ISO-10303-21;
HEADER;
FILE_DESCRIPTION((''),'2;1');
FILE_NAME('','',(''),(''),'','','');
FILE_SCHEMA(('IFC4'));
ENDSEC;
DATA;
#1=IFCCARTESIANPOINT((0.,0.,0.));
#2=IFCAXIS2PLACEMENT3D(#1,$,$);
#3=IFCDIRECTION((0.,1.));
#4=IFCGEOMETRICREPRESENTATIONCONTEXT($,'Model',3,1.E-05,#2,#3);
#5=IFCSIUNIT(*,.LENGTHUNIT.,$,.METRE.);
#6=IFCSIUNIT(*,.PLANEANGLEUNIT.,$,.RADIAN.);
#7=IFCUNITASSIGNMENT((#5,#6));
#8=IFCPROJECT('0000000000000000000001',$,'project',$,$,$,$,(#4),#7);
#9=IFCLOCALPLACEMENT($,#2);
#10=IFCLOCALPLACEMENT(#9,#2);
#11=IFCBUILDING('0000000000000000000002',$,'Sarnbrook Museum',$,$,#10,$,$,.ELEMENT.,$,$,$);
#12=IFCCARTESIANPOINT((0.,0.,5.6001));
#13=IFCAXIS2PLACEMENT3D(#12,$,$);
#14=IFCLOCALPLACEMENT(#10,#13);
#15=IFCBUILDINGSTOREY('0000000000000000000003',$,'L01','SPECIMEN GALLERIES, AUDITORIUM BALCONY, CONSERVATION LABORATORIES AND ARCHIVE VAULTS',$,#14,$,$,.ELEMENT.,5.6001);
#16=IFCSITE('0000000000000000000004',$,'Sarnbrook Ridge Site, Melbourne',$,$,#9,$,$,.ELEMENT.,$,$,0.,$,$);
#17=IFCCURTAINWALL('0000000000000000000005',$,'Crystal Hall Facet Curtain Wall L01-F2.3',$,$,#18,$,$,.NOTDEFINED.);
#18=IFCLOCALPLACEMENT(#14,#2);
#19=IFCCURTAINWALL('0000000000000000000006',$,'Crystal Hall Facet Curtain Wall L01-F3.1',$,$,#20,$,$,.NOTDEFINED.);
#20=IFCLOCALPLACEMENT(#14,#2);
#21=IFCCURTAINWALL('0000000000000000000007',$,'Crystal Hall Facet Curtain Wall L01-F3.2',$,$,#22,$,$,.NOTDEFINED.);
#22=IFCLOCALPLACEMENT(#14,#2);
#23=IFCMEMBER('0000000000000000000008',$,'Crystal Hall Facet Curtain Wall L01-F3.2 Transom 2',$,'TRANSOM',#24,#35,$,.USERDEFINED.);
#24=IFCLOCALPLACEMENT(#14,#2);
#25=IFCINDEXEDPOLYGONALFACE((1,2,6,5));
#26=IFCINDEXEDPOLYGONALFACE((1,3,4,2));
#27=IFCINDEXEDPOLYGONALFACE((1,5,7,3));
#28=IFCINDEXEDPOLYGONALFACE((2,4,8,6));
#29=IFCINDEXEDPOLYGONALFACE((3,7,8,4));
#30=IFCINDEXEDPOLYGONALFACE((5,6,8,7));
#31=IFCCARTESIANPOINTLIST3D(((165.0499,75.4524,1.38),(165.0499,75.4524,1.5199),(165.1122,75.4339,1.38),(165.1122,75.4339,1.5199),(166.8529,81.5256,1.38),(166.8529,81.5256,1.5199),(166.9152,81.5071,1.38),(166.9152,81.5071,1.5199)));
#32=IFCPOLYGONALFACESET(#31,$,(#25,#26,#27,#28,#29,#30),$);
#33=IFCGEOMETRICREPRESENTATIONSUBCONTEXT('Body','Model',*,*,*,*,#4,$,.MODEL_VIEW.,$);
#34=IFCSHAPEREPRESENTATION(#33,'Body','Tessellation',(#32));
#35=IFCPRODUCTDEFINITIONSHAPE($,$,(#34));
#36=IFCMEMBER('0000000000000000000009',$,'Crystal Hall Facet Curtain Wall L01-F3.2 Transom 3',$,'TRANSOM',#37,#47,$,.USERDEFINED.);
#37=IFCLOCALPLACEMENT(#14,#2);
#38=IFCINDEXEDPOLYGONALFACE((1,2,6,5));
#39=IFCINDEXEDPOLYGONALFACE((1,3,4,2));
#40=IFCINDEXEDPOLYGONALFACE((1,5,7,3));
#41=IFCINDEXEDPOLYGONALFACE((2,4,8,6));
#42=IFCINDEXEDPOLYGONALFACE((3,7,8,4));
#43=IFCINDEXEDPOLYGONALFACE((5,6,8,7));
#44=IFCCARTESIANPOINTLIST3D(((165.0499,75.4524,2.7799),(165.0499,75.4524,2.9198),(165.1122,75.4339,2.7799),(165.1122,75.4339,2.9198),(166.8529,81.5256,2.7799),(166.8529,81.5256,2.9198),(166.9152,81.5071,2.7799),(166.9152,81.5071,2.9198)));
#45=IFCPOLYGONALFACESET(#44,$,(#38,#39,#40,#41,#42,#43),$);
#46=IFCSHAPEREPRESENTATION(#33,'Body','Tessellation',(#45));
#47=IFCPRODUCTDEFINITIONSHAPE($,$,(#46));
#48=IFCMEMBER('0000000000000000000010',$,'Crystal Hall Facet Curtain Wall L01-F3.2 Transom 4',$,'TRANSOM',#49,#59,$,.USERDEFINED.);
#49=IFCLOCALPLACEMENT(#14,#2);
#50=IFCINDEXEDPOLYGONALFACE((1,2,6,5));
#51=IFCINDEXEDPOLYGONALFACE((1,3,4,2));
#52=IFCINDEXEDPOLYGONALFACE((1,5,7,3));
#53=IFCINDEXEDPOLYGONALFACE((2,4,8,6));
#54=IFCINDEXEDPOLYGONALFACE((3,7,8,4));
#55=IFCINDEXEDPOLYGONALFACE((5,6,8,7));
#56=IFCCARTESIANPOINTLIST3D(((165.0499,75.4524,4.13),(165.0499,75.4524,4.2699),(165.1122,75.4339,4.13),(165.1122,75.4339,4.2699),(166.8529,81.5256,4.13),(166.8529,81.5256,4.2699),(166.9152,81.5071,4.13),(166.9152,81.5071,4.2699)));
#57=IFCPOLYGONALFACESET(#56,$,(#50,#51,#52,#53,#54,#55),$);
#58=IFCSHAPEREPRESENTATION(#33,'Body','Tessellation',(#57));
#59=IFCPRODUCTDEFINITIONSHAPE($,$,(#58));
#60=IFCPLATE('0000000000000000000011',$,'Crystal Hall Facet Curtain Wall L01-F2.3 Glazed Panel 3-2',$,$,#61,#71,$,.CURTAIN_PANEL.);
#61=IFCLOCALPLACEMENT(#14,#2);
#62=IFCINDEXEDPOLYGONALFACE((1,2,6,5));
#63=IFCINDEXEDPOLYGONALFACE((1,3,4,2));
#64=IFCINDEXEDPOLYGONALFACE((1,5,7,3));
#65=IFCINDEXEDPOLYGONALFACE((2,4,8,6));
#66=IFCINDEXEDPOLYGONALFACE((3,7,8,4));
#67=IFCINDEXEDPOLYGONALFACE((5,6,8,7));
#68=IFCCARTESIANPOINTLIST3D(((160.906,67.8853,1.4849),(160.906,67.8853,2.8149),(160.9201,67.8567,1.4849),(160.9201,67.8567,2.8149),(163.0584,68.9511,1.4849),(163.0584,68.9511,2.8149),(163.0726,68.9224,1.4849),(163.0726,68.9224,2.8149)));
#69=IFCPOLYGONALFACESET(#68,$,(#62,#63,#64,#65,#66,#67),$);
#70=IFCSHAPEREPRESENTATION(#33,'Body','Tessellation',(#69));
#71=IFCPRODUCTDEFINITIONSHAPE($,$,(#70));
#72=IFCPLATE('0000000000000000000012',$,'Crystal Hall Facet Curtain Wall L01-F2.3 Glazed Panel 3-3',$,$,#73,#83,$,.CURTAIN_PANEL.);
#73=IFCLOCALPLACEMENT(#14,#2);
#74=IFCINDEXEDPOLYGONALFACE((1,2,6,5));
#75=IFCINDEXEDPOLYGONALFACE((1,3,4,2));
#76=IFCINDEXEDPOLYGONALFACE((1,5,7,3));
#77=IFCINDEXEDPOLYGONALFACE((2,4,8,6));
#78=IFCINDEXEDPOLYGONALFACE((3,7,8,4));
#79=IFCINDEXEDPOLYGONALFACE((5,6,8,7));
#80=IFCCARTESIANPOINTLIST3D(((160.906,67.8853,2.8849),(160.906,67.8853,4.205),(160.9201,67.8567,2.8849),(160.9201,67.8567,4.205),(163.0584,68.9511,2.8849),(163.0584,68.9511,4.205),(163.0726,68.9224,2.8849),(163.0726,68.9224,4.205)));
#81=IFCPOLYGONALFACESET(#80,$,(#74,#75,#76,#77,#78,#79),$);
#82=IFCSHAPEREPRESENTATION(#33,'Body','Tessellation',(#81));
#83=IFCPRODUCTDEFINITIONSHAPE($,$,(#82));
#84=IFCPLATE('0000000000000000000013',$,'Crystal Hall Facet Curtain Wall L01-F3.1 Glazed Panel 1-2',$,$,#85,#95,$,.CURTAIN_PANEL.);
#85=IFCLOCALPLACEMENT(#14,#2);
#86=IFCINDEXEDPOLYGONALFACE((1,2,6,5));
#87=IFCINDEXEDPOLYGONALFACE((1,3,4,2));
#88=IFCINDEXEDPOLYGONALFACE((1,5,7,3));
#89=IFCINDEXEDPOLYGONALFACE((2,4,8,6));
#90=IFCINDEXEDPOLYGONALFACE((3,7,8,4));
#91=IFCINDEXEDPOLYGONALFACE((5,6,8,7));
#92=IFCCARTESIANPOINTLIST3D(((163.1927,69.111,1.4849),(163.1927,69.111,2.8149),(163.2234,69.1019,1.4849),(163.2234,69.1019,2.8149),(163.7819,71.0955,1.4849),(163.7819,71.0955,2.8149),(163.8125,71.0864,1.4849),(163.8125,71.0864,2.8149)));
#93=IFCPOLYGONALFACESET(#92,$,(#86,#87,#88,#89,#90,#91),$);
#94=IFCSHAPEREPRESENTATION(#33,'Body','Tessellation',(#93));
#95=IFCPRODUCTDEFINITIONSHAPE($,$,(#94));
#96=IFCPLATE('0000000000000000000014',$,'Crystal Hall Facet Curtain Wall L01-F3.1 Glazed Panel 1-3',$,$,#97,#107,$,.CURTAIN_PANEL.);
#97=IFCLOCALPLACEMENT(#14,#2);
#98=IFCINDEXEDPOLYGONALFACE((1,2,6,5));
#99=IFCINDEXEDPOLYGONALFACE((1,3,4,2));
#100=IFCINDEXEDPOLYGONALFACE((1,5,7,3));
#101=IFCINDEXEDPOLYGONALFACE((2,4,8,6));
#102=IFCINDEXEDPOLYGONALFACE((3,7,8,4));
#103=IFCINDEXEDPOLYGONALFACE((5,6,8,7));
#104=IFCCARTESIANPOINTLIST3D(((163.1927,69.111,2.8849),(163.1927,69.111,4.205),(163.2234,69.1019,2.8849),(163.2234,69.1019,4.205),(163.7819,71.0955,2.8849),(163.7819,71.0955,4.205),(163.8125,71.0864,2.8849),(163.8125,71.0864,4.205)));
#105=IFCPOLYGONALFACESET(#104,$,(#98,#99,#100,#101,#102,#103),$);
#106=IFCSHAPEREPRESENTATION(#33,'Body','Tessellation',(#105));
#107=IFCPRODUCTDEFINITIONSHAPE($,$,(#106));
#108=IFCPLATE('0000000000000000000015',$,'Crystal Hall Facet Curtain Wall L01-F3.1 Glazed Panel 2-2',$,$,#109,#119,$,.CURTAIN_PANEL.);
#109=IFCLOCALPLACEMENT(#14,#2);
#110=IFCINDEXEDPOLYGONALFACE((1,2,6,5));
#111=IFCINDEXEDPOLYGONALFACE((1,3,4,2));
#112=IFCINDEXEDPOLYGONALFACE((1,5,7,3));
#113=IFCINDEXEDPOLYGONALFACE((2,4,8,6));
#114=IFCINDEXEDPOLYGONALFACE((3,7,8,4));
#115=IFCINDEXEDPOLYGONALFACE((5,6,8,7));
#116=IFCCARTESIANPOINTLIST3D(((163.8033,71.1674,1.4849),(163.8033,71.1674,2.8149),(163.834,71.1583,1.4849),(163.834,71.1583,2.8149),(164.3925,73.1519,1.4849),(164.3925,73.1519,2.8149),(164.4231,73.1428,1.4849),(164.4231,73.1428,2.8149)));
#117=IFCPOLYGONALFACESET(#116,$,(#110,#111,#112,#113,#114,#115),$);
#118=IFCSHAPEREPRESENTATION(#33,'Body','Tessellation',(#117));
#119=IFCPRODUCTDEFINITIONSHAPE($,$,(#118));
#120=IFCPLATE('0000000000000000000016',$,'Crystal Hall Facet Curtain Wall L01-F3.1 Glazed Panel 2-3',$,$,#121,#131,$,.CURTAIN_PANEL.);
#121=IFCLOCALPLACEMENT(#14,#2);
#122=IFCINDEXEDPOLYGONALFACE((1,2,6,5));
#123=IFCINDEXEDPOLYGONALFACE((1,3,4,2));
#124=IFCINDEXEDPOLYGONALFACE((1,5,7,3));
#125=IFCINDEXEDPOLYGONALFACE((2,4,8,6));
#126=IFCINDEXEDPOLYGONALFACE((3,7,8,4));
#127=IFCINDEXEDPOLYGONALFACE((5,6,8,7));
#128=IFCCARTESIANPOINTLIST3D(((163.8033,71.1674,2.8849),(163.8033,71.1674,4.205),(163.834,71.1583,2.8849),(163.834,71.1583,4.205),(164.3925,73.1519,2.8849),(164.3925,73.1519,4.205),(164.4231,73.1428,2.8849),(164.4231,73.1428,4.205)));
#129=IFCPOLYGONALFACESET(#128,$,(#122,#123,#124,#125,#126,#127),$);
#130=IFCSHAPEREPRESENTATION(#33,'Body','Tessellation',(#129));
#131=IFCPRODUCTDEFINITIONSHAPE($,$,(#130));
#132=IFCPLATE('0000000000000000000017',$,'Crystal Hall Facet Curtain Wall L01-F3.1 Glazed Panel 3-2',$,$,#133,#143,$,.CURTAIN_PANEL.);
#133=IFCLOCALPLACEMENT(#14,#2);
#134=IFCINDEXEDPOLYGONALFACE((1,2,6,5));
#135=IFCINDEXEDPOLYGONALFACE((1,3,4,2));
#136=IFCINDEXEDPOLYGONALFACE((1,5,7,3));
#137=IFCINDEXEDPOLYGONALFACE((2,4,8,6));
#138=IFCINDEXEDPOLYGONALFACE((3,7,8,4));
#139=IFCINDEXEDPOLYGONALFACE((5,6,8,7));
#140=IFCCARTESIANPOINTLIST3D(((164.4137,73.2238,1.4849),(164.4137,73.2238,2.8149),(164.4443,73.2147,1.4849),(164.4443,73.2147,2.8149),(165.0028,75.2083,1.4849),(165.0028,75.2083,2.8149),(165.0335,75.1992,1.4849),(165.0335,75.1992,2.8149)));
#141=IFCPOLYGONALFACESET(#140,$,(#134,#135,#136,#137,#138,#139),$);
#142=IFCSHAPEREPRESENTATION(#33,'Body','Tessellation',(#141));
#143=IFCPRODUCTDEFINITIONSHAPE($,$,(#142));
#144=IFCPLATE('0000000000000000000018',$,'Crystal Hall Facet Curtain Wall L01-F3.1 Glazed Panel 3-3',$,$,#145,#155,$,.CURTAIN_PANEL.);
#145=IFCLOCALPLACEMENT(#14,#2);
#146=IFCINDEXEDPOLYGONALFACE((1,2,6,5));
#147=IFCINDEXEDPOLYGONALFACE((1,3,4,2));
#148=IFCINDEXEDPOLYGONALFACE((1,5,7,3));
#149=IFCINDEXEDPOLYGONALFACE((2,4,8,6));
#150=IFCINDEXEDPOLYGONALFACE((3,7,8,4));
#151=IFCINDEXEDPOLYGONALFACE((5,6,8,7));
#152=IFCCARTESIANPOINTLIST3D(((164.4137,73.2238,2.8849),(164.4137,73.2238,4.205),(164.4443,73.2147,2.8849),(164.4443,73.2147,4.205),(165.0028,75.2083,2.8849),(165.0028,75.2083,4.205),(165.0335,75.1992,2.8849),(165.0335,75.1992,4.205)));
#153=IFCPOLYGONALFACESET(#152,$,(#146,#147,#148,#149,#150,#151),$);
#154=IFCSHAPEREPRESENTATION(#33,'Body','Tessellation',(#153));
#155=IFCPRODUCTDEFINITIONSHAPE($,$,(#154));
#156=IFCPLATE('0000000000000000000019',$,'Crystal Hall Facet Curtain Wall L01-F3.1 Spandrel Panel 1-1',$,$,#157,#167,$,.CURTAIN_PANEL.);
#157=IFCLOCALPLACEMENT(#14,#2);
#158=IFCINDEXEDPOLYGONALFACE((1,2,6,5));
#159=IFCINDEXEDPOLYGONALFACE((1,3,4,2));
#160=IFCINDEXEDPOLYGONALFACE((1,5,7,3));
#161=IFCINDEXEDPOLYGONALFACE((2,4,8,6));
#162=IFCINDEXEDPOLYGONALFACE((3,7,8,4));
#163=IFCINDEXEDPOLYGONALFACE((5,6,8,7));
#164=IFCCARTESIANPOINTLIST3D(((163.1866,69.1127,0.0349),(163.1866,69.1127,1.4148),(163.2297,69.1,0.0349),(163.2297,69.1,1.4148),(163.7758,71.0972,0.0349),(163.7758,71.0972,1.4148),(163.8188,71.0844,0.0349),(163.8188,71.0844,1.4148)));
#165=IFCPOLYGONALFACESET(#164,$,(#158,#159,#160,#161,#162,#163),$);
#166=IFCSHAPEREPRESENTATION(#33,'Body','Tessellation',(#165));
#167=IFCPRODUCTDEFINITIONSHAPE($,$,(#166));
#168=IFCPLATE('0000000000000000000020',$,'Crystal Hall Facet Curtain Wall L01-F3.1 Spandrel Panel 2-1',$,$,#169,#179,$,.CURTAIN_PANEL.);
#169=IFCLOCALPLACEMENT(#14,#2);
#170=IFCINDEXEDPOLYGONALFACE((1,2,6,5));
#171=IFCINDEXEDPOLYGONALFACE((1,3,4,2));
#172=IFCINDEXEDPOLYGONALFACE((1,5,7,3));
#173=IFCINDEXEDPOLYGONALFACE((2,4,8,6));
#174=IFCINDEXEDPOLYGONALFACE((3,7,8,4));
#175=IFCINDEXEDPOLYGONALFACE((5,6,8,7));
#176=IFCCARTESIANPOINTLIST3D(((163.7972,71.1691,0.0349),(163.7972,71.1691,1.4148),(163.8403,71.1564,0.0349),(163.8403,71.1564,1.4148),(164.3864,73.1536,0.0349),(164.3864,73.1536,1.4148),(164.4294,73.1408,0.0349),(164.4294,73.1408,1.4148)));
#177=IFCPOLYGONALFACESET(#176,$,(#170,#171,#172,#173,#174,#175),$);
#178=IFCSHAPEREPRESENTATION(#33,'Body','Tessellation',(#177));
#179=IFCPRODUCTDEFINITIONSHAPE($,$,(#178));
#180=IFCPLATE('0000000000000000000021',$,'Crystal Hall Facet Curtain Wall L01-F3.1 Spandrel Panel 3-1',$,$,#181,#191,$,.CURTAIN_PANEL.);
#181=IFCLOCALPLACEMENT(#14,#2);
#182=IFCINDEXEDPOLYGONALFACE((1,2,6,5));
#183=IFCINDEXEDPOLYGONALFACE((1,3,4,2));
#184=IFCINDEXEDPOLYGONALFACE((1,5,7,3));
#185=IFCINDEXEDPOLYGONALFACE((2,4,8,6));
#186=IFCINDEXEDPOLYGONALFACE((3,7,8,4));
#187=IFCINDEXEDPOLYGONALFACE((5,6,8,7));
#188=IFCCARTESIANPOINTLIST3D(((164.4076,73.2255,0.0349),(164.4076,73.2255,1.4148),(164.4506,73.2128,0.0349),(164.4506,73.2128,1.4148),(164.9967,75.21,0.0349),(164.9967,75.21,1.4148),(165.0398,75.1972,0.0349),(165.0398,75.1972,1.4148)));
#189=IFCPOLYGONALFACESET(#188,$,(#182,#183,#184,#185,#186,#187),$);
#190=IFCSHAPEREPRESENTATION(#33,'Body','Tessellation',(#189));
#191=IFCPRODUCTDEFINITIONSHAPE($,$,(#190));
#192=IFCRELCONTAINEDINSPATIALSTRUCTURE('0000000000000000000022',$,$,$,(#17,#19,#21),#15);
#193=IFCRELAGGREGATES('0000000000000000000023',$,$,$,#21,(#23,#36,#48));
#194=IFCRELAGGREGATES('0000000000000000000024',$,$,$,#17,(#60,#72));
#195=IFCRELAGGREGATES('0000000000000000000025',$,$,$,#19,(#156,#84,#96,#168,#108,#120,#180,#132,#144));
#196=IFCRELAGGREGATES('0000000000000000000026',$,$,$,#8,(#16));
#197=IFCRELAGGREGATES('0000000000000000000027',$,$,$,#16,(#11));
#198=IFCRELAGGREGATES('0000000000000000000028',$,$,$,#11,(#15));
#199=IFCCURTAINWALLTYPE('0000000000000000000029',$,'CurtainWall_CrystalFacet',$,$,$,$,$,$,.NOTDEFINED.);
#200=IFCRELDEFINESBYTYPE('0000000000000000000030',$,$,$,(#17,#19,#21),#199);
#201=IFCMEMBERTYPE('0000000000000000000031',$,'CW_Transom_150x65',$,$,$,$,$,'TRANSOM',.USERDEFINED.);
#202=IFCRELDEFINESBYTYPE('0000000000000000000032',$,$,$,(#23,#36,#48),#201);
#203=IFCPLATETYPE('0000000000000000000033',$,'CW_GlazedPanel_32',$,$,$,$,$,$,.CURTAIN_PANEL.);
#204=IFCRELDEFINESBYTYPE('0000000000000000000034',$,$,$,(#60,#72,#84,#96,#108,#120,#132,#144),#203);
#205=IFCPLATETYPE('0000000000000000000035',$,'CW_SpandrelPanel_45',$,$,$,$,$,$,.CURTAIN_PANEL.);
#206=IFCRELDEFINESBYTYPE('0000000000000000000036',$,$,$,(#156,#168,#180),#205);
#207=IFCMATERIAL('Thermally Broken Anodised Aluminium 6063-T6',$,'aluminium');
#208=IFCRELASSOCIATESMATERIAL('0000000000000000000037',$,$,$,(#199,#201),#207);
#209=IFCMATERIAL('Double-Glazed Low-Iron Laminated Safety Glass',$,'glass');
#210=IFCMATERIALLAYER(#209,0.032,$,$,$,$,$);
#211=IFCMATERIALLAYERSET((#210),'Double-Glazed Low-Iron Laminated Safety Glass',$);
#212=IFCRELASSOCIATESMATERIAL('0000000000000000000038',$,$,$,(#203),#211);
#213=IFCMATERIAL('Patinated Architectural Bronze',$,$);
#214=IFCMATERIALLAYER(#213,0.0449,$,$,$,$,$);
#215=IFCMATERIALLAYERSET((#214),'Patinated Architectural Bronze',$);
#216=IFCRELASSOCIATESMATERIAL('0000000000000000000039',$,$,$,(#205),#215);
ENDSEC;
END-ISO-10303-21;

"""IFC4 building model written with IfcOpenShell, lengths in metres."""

from ifc_helpers import new_model, si_unit, direction, frame, origin, origin_2d, place, context, subcontext, project, spatial, rectangle, extrude, material, layer, layer_set, material_profile, profile_set, type_object, element, aggregate, save


model = new_model("IFC4")

# Units and contexts
model_context = context("Model", 3, precision=1e-05, world=origin(), true_north=direction((0.0, 1.0)))
body_context = subcontext(model_context, "Body", "Model", "MODEL_VIEW")
ifc_project = project(units=[si_unit("LENGTHUNIT", "METRE"), si_unit("PLANEANGLEUNIT", "RADIAN")], contexts=[model_context])

# Site, building, storey
site_placement = place(None, origin())
site = spatial("IfcSite", under=ifc_project, at=site_placement, Name="Sarnbrook Ridge Site, Melbourne", CompositionType="ELEMENT", RefElevation=0.0)
building_placement = place(site_placement, origin())
building = spatial("IfcBuilding", under=site, at=building_placement, Name="Sarnbrook Museum", CompositionType="ELEMENT")
storey_placement = place(building_placement, frame((0.0, 0.0, 5.6001)))
storey = spatial("IfcBuildingStorey", under=building, at=storey_placement, Name="L01", Description="SPECIMEN GALLERIES, AUDITORIUM BALCONY, CONSERVATION LABORATORIES AND ARCHIVE VAULTS", CompositionType="ELEMENT", Elevation=5.6001)

# Curtain wall
ifc_material_1 = material(Name="Thermally Broken Anodised Aluminium 6063-T6", Category="aluminium")
curtain_wall_type = type_object("IfcCurtainWallType", Name="CurtainWall_CrystalFacet", PredefinedType="NOTDEFINED", material=ifc_material_1)
curtain_wall_1_placement = place(storey_placement, origin())
curtain_wall_1 = element("IfcCurtainWall", 1, at=curtain_wall_1_placement, inside=storey, type_object=curtain_wall_type, Name="Crystal Hall Facet Curtain Wall L01-F2.3", PredefinedType="NOTDEFINED")

# Curtain wall
curtain_wall_2_placement = place(storey_placement, origin())
curtain_wall_2 = element("IfcCurtainWall", 2, at=curtain_wall_2_placement, inside=storey, type_object=curtain_wall_type, Name="Crystal Hall Facet Curtain Wall L01-F3.1", PredefinedType="NOTDEFINED")

# Curtain wall
curtain_wall_3_placement = place(storey_placement, origin())
curtain_wall_3 = element("IfcCurtainWall", 3, at=curtain_wall_3_placement, inside=storey, type_object=curtain_wall_type, Name="Crystal Hall Facet Curtain Wall L01-F3.2", PredefinedType="NOTDEFINED")

# Members
ifc_material_profile_1 = material_profile(ifc_material_1, rectangle(XDim=0.0649, YDim=0.1399, at=origin_2d()), Name="ALU TRANSOM 65x140")
ifc_profile_set_1 = profile_set([ifc_material_profile_1], Name="Thermally Broken Anodised Aluminium 6063-T6")
member_type_1 = type_object("IfcMemberType", Name="CW_Transom_150x65", ElementType="TRANSOM", PredefinedType="USERDEFINED", material=ifc_profile_set_1)
member_1_placement = place(storey_placement, frame((165.0811, 75.4431, 1.45), z_axis=(0.284596, 0.958648, 0.0), x_axis=(-0.958648, 0.284596, 0.0)))
member_1 = element("IfcMember", 4, at=member_1_placement, type_object=member_type_1, Name="Crystal Hall Facet Curtain Wall L01-F3.2 Transom 2", ObjectType="TRANSOM", PredefinedType="USERDEFINED", context=body_context, shape_type="SweptSolid", body=[
    extrude(rectangle(XDim=0.0649, YDim=0.1399, at=origin_2d()), origin(), (0.0, 0.0, 1.0), 6.3352),
])
member_2_placement = place(storey_placement, frame((165.0811, 75.4431, 2.8499), z_axis=(0.284596, 0.958648, 0.0), x_axis=(-0.958648, 0.284596, 0.0)))
member_2 = element("IfcMember", 5, at=member_2_placement, type_object=member_type_1, Name="Crystal Hall Facet Curtain Wall L01-F3.2 Transom 3", ObjectType="TRANSOM", PredefinedType="USERDEFINED", context=body_context, shape_type="SweptSolid", body=[
    extrude(rectangle(XDim=0.0649, YDim=0.1399, at=origin_2d()), origin(), (0.0, 0.0, 1.0), 6.3352),
])
member_3_placement = place(storey_placement, frame((165.0811, 75.4431, 4.2), z_axis=(0.284596, 0.958648, 0.0), x_axis=(-0.958648, 0.284596, 0.0)))
member_3 = element("IfcMember", 6, at=member_3_placement, type_object=member_type_1, Name="Crystal Hall Facet Curtain Wall L01-F3.2 Transom 4", ObjectType="TRANSOM", PredefinedType="USERDEFINED", context=body_context, shape_type="SweptSolid", body=[
    extrude(rectangle(XDim=0.0649, YDim=0.1399, at=origin_2d()), origin(), (0.0, 0.0, 1.0), 6.3352),
])
aggregate(curtain_wall_3, [member_1, member_2, member_3])

# Plates
ifc_material_2 = material(Name="Double-Glazed Low-Iron Laminated Safety Glass", Category="glass")
ifc_layer_1 = layer(ifc_material_2, 0.032)
ifc_layer_set_1 = layer_set([ifc_layer_1], Name="Double-Glazed Low-Iron Laminated Safety Glass")
plate_type_1 = type_object("IfcPlateType", Name="CW_GlazedPanel_32", PredefinedType="CURTAIN_PANEL", material=ifc_layer_set_1)
plate_1_placement = place(storey_placement, frame((161.9822, 68.4182, 2.1499), z_axis=(0.443729, -0.896161, 0.0), x_axis=(0.896161, 0.443729, 0.0)))
plate_1 = element("IfcPlate", 7, at=plate_1_placement, type_object=plate_type_1, Name="Crystal Hall Facet Curtain Wall L01-F2.3 Glazed Panel 3-2", PredefinedType="CURTAIN_PANEL", context=body_context, shape_type="SweptSolid", body=[
    extrude(rectangle(XDim=2.4019, YDim=1.3301, at=origin_2d()), origin(), (0.0, 0.0, 1.0), 0.032),
])
plate_2_placement = place(storey_placement, frame((161.9822, 68.4182, 3.5449), z_axis=(0.443729, -0.896161, 0.0), x_axis=(0.896161, 0.443729, 0.0)))
plate_2 = element("IfcPlate", 8, at=plate_2_placement, type_object=plate_type_1, Name="Crystal Hall Facet Curtain Wall L01-F2.3 Glazed Panel 3-3", PredefinedType="CURTAIN_PANEL", context=body_context, shape_type="SweptSolid", body=[
    extrude(rectangle(XDim=2.4019, YDim=1.3201, at=origin_2d()), origin(), (0.0, 0.0, 1.0), 0.032),
])
aggregate(curtain_wall_1, [plate_1, plate_2])
plate_3_placement = place(storey_placement, frame((163.4873, 70.1033, 2.1499), z_axis=(0.958647, -0.284599, 0.0), x_axis=(0.284599, 0.958647, 0.0)))
plate_3 = element("IfcPlate", 9, at=plate_3_placement, type_object=plate_type_1, Name="Crystal Hall Facet Curtain Wall L01-F3.1 Glazed Panel 1-2", PredefinedType="CURTAIN_PANEL", context=body_context, shape_type="SweptSolid", body=[
    extrude(rectangle(XDim=2.0701, YDim=1.3301, at=origin_2d()), origin(), (0.0, 0.0, 1.0), 0.032),
])
plate_4_placement = place(storey_placement, frame((163.4873, 70.1033, 3.5449), z_axis=(0.958647, -0.284599, 0.0), x_axis=(0.284599, 0.958647, 0.0)))
plate_4 = element("IfcPlate", 10, at=plate_4_placement, type_object=plate_type_1, Name="Crystal Hall Facet Curtain Wall L01-F3.1 Glazed Panel 1-3", PredefinedType="CURTAIN_PANEL", context=body_context, shape_type="SweptSolid", body=[
    extrude(rectangle(XDim=2.0701, YDim=1.3201, at=origin_2d()), origin(), (0.0, 0.0, 1.0), 0.032),
])
plate_5_placement = place(storey_placement, frame((164.0979, 72.1597, 2.1499), z_axis=(0.958647, -0.284599, 0.0), x_axis=(0.284599, 0.958647, 0.0)))
plate_5 = element("IfcPlate", 11, at=plate_5_placement, type_object=plate_type_1, Name="Crystal Hall Facet Curtain Wall L01-F3.1 Glazed Panel 2-2", PredefinedType="CURTAIN_PANEL", context=body_context, shape_type="SweptSolid", body=[
    extrude(rectangle(XDim=2.0701, YDim=1.3301, at=origin_2d()), origin(), (0.0, 0.0, 1.0), 0.032),
])
plate_6_placement = place(storey_placement, frame((164.0979, 72.1597, 3.5449), z_axis=(0.958647, -0.284599, 0.0), x_axis=(0.284599, 0.958647, 0.0)))
plate_6 = element("IfcPlate", 12, at=plate_6_placement, type_object=plate_type_1, Name="Crystal Hall Facet Curtain Wall L01-F3.1 Glazed Panel 2-3", PredefinedType="CURTAIN_PANEL", context=body_context, shape_type="SweptSolid", body=[
    extrude(rectangle(XDim=2.0701, YDim=1.3201, at=origin_2d()), origin(), (0.0, 0.0, 1.0), 0.032),
])
plate_7_placement = place(storey_placement, frame((164.7083, 74.2161, 2.1499), z_axis=(0.958647, -0.284599, 0.0), x_axis=(0.284599, 0.958647, 0.0)))
plate_7 = element("IfcPlate", 13, at=plate_7_placement, type_object=plate_type_1, Name="Crystal Hall Facet Curtain Wall L01-F3.1 Glazed Panel 3-2", PredefinedType="CURTAIN_PANEL", context=body_context, shape_type="SweptSolid", body=[
    extrude(rectangle(XDim=2.0701, YDim=1.3301, at=origin_2d()), origin(), (0.0, 0.0, 1.0), 0.032),
])
plate_8_placement = place(storey_placement, frame((164.7083, 74.2161, 3.5449), z_axis=(0.958647, -0.284599, 0.0), x_axis=(0.284599, 0.958647, 0.0)))
plate_8 = element("IfcPlate", 14, at=plate_8_placement, type_object=plate_type_1, Name="Crystal Hall Facet Curtain Wall L01-F3.1 Glazed Panel 3-3", PredefinedType="CURTAIN_PANEL", context=body_context, shape_type="SweptSolid", body=[
    extrude(rectangle(XDim=2.0701, YDim=1.3201, at=origin_2d()), origin(), (0.0, 0.0, 1.0), 0.032),
])
ifc_material_3 = material(Name="Patinated Architectural Bronze")
ifc_layer_2 = layer(ifc_material_3, 0.0449)
ifc_layer_set_2 = layer_set([ifc_layer_2], Name="Patinated Architectural Bronze")
plate_type_2 = type_object("IfcPlateType", Name="CW_SpandrelPanel_45", PredefinedType="CURTAIN_PANEL", material=ifc_layer_set_2)
plate_9_placement = place(storey_placement, frame((163.4812, 70.105, 0.7249), z_axis=(0.958647, -0.284599, 0.0), x_axis=(0.284599, 0.958647, 0.0)))
plate_9 = element("IfcPlate", 15, at=plate_9_placement, type_object=plate_type_2, Name="Crystal Hall Facet Curtain Wall L01-F3.1 Spandrel Panel 1-1", PredefinedType="CURTAIN_PANEL", context=body_context, shape_type="SweptSolid", body=[
    extrude(rectangle(XDim=2.0701, YDim=1.3799, at=origin_2d()), origin(), (0.0, 0.0, 1.0), 0.0449),
])
plate_10_placement = place(storey_placement, frame((164.0918, 72.1614, 0.7249), z_axis=(0.958647, -0.284599, 0.0), x_axis=(0.284599, 0.958647, 0.0)))
plate_10 = element("IfcPlate", 16, at=plate_10_placement, type_object=plate_type_2, Name="Crystal Hall Facet Curtain Wall L01-F3.1 Spandrel Panel 2-1", PredefinedType="CURTAIN_PANEL", context=body_context, shape_type="SweptSolid", body=[
    extrude(rectangle(XDim=2.0701, YDim=1.3799, at=origin_2d()), origin(), (0.0, 0.0, 1.0), 0.0449),
])
plate_11_placement = place(storey_placement, frame((164.7021, 74.2178, 0.7249), z_axis=(0.958647, -0.284599, 0.0), x_axis=(0.284599, 0.958647, 0.0)))
plate_11 = element("IfcPlate", 17, at=plate_11_placement, type_object=plate_type_2, Name="Crystal Hall Facet Curtain Wall L01-F3.1 Spandrel Panel 3-1", PredefinedType="CURTAIN_PANEL", context=body_context, shape_type="SweptSolid", body=[
    extrude(rectangle(XDim=2.0701, YDim=1.3799, at=origin_2d()), origin(), (0.0, 0.0, 1.0), 0.0449),
])
aggregate(curtain_wall_2, [plate_9, plate_3, plate_4, plate_10, plate_5, plate_6, plate_11, plate_7, plate_8])

save(model, "model.ifc")
